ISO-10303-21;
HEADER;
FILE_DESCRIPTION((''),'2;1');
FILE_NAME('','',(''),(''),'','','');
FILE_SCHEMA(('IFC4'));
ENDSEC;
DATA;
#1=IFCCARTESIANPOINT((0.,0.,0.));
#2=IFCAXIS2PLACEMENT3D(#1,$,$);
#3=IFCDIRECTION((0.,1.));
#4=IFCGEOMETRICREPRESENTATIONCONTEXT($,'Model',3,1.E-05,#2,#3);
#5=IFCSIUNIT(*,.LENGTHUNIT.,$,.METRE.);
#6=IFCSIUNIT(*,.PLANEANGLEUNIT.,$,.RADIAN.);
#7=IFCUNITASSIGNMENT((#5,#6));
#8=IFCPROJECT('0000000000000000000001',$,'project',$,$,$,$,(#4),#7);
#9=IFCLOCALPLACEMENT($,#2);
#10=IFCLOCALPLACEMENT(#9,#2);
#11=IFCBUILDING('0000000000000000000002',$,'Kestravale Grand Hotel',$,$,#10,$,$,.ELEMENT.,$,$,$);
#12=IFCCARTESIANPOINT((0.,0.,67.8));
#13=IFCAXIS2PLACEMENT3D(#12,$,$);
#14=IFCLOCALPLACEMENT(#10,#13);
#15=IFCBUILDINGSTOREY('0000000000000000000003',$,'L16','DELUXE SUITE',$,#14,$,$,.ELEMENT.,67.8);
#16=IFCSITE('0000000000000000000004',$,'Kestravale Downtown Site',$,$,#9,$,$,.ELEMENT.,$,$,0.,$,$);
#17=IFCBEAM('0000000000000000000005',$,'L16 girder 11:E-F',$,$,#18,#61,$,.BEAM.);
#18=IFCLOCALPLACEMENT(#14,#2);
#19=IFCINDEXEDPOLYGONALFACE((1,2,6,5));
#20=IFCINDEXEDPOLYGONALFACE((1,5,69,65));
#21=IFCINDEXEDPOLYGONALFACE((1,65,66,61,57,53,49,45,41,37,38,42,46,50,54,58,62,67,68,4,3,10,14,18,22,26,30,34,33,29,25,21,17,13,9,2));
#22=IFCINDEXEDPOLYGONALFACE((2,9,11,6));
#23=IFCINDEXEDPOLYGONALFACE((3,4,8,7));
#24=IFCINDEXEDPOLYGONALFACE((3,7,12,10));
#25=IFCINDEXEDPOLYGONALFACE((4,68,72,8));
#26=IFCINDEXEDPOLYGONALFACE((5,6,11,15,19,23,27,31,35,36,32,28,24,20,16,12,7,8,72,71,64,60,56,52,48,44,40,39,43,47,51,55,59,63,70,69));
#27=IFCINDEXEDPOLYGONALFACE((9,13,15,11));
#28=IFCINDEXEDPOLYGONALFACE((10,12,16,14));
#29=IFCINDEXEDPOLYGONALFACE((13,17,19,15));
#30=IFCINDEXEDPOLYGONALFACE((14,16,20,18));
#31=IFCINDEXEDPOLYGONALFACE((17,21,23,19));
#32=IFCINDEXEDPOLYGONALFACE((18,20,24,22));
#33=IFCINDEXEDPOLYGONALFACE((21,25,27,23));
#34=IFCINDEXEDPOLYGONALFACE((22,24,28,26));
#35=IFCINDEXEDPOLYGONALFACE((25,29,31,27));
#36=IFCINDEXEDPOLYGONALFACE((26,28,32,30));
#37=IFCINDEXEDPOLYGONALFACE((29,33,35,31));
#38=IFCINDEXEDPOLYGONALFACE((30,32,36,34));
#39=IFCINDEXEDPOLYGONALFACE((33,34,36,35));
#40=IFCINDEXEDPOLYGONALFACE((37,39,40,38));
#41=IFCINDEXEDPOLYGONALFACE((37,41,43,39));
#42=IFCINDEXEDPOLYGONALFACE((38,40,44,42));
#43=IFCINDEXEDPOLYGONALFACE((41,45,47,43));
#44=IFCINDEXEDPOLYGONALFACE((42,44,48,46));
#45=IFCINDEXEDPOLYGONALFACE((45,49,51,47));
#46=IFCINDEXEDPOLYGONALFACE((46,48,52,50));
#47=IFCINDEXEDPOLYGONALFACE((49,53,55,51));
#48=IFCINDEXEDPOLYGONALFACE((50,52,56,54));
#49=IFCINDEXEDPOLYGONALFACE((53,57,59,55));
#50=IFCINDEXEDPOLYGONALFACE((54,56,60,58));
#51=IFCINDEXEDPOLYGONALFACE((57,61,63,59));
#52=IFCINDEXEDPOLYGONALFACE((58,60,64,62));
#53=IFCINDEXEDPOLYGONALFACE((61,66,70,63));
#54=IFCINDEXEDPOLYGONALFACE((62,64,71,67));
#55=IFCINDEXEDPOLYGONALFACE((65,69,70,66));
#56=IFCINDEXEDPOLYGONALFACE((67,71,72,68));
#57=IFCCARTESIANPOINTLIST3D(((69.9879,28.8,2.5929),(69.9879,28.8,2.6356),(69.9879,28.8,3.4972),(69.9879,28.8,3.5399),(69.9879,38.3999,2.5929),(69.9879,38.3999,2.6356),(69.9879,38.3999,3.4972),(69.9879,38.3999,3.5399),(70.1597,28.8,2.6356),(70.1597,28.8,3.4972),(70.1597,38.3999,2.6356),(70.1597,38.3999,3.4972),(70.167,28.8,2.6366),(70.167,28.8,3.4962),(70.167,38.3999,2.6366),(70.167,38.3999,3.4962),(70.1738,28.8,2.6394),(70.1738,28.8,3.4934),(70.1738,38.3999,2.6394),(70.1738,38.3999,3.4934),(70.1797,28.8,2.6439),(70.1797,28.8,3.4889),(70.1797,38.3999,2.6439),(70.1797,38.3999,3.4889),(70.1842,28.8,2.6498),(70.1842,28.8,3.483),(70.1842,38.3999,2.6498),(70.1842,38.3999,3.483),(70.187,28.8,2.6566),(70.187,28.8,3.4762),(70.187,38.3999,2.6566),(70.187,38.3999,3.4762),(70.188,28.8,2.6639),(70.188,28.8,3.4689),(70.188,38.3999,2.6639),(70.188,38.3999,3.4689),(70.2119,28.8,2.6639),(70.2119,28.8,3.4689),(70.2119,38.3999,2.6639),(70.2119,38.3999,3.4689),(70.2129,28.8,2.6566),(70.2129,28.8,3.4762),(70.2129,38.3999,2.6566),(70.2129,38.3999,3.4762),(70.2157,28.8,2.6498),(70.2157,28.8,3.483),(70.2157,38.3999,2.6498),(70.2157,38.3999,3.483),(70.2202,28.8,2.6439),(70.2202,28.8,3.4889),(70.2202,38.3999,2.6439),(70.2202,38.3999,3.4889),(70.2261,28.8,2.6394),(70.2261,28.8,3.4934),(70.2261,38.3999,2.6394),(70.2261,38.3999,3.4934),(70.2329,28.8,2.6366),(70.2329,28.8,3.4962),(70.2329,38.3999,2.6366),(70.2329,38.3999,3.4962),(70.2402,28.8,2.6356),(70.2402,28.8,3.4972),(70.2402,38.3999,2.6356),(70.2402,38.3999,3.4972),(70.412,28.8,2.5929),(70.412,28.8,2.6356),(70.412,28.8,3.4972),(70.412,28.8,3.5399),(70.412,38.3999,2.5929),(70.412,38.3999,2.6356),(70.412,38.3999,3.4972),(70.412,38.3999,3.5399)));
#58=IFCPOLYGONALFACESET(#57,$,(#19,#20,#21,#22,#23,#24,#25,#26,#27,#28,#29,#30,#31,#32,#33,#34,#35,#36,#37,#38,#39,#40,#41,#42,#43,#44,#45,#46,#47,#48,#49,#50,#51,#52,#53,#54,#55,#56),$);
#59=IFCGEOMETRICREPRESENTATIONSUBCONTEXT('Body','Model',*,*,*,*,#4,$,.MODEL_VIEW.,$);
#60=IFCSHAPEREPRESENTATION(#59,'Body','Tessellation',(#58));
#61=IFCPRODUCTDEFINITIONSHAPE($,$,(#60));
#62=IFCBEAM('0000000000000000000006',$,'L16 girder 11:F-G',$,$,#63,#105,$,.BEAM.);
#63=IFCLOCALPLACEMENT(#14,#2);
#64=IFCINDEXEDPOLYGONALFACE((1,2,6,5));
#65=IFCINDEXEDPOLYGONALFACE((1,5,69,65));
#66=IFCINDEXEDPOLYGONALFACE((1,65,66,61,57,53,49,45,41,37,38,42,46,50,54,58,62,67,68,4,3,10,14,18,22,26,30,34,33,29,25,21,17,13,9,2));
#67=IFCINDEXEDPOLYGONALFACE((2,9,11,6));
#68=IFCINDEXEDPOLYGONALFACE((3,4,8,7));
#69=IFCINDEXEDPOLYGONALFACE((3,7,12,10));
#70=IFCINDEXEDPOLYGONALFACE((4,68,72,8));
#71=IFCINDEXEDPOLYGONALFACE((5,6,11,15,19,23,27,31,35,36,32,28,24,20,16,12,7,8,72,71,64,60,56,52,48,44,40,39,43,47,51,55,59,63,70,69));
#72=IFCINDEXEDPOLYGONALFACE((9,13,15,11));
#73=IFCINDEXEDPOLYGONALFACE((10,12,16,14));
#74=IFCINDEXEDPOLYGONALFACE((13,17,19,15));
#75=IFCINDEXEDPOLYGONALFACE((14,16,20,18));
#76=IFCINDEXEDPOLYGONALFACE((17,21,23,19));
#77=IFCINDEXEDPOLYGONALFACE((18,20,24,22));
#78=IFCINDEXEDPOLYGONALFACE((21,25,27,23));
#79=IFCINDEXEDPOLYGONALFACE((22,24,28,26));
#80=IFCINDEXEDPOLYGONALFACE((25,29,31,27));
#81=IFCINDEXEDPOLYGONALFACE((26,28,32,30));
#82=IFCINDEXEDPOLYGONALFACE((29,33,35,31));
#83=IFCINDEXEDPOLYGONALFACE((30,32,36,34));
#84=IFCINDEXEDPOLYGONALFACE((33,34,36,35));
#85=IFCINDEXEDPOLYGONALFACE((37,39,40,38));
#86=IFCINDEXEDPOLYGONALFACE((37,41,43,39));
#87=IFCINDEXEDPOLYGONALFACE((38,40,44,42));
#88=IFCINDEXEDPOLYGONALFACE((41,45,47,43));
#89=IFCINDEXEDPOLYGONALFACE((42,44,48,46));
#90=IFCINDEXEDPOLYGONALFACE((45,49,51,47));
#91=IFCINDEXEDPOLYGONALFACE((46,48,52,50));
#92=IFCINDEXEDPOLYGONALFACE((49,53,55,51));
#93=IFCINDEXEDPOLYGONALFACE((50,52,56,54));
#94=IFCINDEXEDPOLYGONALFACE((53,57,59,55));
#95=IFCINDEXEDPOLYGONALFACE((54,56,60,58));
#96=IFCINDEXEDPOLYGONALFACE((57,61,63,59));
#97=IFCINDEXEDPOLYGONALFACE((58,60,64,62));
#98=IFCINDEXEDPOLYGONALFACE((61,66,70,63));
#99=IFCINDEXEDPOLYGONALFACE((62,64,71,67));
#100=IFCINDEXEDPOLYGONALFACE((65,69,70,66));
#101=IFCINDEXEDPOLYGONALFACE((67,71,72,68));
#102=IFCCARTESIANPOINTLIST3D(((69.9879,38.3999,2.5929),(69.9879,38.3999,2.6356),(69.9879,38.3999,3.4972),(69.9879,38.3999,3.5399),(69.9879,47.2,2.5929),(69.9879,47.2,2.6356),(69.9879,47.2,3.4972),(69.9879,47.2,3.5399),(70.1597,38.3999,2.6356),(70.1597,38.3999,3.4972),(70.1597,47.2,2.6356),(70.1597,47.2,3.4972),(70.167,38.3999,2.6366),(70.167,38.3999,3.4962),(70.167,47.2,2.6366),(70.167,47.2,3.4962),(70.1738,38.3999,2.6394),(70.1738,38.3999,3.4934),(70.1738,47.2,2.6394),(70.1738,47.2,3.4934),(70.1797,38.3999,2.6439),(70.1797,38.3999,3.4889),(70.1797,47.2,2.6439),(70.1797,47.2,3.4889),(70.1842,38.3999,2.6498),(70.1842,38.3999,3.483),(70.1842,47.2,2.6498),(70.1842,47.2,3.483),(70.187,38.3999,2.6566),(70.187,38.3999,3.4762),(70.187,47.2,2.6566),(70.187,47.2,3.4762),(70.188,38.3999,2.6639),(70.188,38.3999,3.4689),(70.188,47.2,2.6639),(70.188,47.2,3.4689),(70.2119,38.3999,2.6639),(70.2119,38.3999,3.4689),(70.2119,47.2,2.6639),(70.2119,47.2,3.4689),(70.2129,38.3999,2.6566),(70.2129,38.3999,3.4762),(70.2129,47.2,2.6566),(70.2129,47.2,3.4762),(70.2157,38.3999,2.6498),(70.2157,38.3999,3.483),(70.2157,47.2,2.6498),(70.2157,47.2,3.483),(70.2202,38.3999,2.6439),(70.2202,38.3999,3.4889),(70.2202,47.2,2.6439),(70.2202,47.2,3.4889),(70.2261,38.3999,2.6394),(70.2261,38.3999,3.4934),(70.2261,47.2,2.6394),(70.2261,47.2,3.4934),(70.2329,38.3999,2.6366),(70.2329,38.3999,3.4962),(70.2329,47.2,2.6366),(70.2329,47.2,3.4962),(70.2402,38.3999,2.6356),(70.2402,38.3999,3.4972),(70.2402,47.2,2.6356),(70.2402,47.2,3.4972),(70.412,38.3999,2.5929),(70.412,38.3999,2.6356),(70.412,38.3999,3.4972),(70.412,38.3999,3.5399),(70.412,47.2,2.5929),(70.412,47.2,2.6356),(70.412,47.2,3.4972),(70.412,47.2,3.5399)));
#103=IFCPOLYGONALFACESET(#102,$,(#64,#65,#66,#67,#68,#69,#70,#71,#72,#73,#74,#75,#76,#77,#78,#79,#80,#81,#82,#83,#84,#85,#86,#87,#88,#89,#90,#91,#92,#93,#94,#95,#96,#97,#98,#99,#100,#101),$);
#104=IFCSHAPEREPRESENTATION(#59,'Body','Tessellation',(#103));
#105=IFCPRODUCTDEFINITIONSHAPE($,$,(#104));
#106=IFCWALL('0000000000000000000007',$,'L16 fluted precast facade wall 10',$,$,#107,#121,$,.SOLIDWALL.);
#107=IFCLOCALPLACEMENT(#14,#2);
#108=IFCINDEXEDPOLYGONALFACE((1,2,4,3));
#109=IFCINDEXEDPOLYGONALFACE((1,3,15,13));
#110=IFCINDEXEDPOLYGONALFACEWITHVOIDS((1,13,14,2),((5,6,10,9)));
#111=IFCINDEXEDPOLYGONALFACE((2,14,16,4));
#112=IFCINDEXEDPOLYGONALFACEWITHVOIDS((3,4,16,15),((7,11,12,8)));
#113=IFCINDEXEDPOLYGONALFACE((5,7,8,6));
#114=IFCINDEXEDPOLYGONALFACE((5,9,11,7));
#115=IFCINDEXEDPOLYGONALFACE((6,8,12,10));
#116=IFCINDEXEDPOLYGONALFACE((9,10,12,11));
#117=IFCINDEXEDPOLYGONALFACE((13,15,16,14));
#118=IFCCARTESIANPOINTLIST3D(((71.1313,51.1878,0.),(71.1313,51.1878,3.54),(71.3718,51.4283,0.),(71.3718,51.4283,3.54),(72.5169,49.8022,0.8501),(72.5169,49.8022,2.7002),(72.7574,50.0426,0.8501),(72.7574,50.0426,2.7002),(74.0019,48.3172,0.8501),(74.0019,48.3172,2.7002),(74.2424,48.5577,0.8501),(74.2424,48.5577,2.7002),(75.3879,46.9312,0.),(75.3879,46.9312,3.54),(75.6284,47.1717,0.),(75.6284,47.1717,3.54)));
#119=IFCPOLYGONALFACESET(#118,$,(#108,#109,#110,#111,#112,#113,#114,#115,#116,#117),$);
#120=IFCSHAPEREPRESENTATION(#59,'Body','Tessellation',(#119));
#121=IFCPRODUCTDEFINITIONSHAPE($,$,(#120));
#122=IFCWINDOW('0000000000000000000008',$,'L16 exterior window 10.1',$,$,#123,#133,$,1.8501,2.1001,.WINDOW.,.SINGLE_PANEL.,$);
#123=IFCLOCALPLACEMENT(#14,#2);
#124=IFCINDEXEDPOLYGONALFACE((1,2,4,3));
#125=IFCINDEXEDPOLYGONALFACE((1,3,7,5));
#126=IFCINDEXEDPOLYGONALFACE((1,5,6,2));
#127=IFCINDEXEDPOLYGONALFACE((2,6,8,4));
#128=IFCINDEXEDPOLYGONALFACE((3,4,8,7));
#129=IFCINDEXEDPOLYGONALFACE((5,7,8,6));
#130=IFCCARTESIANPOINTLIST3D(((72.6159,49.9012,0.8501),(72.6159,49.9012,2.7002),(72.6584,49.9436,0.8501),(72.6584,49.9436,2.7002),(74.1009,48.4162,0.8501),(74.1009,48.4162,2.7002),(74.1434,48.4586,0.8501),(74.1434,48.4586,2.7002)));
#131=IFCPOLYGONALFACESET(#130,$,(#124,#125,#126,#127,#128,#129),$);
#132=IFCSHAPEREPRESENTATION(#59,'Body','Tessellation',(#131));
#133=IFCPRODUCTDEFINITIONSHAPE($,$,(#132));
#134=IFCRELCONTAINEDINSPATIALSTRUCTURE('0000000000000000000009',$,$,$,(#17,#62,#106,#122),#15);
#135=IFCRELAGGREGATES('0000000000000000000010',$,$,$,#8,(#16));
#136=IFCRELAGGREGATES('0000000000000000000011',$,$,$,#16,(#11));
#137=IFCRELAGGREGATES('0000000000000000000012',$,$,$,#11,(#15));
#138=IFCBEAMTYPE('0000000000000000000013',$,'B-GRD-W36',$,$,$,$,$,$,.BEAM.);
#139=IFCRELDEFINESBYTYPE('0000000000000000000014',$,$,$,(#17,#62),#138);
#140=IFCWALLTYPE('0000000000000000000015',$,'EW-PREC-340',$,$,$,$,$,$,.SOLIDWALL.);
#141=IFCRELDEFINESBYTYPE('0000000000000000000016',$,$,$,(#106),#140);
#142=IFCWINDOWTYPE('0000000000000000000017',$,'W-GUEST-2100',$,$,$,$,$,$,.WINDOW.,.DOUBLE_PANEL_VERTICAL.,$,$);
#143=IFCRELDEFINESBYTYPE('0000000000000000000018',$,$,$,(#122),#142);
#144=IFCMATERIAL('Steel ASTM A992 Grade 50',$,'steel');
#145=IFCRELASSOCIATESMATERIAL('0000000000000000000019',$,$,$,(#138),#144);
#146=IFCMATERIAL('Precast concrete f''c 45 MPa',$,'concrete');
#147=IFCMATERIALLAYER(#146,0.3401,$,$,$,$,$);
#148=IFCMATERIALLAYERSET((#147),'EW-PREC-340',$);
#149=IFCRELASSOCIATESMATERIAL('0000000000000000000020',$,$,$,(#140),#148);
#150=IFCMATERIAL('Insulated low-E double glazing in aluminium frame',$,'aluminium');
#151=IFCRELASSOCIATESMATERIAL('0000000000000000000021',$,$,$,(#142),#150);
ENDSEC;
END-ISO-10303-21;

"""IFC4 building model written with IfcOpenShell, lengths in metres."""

from ifc_helpers import new_model, si_unit, direction, frame, frame_2d, origin, origin_2d, place, context, subcontext, project, spatial, rectangle, i_section, extrude, material, layer, layer_set, material_profile, profile_set, type_object, element, fill, save


model = new_model("IFC4")

# Units and contexts
model_context = context("Model", 3, precision=1e-05, world=origin(), true_north=direction((0.0, 1.0)))
body_context = subcontext(model_context, "Body", "Model", "MODEL_VIEW")
ifc_project = project(units=[si_unit("LENGTHUNIT", "METRE"), si_unit("PLANEANGLEUNIT", "RADIAN")], contexts=[model_context])

# Site, building, storey
site_placement = place(None, origin())
site = spatial("IfcSite", under=ifc_project, at=site_placement, Name="Kestravale Downtown Site", CompositionType="ELEMENT", RefElevation=0.0)
building_placement = place(site_placement, origin())
building = spatial("IfcBuilding", under=site, at=building_placement, Name="Kestravale Grand Hotel", CompositionType="ELEMENT")
storey_placement = place(building_placement, frame((0.0, 0.0, 67.8)))
storey = spatial("IfcBuildingStorey", under=building, at=storey_placement, Name="L16", Description="DELUXE SUITE", CompositionType="ELEMENT", Elevation=67.8)

# Beams
ifc_material_1 = material(Name="Steel ASTM A992 Grade 50", Category="steel")
ifc_material_profile_1 = material_profile(ifc_material_1, i_section(OverallWidth=0.4241, OverallDepth=0.947, WebThickness=0.0239, FlangeThickness=0.0427, FilletRadius=0.0283, at=origin_2d()))
ifc_profile_set_1 = profile_set([ifc_material_profile_1], Name="Steel ASTM A992 Grade 50")
beam_type_1 = type_object("IfcBeamType", Name="B-GRD-W36", PredefinedType="BEAM", material=ifc_profile_set_1)
beam_1_placement = place(storey_placement, frame((70.2, 28.8, 3.0664), z_axis=(0.0, 1.0, 0.0), x_axis=(-1.0, 0.0, 0.0)))
element("IfcBeam", 1, at=beam_1_placement, inside=storey, type_object=beam_type_1, Name="L16 girder 11:E-F", PredefinedType="BEAM", context=body_context, shape_type="SweptSolid", body=[
    extrude(i_section(OverallWidth=0.4241, OverallDepth=0.947, WebThickness=0.0239, FlangeThickness=0.0427, FilletRadius=0.0283, at=origin_2d()), origin(), (0.0, 0.0, 1.0), 9.5999),
])
beam_2_placement = place(storey_placement, frame((70.2, 38.3999, 3.0664), z_axis=(0.0, 1.0, 0.0), x_axis=(-1.0, 0.0, 0.0)))
element("IfcBeam", 2, at=beam_2_placement, inside=storey, type_object=beam_type_1, Name="L16 girder 11:F-G", PredefinedType="BEAM", context=body_context, shape_type="SweptSolid", body=[
    extrude(i_section(OverallWidth=0.4241, OverallDepth=0.947, WebThickness=0.0239, FlangeThickness=0.0427, FilletRadius=0.0283, at=origin_2d()), origin(), (0.0, 0.0, 1.0), 8.8),
])

# Wall, opening, window
ifc_material_2 = material(Name="Precast concrete f'c 45 MPa", Category="concrete")
ifc_layer_1 = layer(ifc_material_2, 0.3401)
ifc_layer_set_1 = layer_set([ifc_layer_1], Name="EW-PREC-340")
wall_type_1 = type_object("IfcWallType", Name="EW-PREC-340", PredefinedType="SOLIDWALL", material=ifc_layer_set_1)
wall_1_placement = place(storey_placement, frame((75.5081, 47.0515, 0.0), z_axis=(0.0, 0.0, 1.0), x_axis=(-0.707107, 0.707107, 0.0)))
wall_1 = element("IfcWall", 3, at=wall_1_placement, inside=storey, type_object=wall_type_1, Name="L16 fluted precast facade wall 10", PredefinedType="SOLIDWALL", context=body_context, shape_type="SweptSolid", body=[
    extrude(rectangle(XDim=6.0198, YDim=0.3401, at=frame_2d((3.0098, 0.0))), origin(), (0.0, 0.0, 1.0), 3.54),
])
opening_1_placement = place(wall_1_placement, frame((1.96, 0.0, 0.8501)))
opening_1 = element("IfcOpeningElement", 4, at=opening_1_placement, cuts=wall_1, PredefinedType="OPENING", context=body_context, shape_type="SweptSolid", body=[
    extrude(rectangle(XDim=2.1001, YDim=1.8501, at=frame_2d((1.05, 0.925))), frame((0.0, 0.1799, 0.0), z_axis=(0.0, -1.0, 0.0), x_axis=(1.0, 0.0, 0.0)), (0.0, 0.0, 1.0), 0.3601),
])
ifc_material_3 = material(Name="Insulated low-E double glazing in aluminium frame", Category="aluminium")
window_type = type_object("IfcWindowType", Name="W-GUEST-2100", PartitioningType="DOUBLE_PANEL_VERTICAL", PredefinedType="WINDOW", material=ifc_material_3)
window_1_placement = place(opening_1_placement, origin())
window_1 = element("IfcWindow", 5, at=window_1_placement, inside=storey, type_object=window_type, Name="L16 exterior window 10.1", OverallHeight=1.8501, OverallWidth=2.1001, PartitioningType="SINGLE_PANEL", PredefinedType="WINDOW", context=body_context, shape_type="SweptSolid", body=[
    extrude(rectangle(XDim=2.1001, YDim=1.8501, at=frame_2d((1.05, 0.925))), frame((0.0, 0.03, 0.0), z_axis=(0.0, -1.0, 0.0), x_axis=(1.0, 0.0, 0.0)), (0.0, 0.0, 1.0), 0.0601),
])
fill(opening_1, window_1)

save(model, "model.ifc")
